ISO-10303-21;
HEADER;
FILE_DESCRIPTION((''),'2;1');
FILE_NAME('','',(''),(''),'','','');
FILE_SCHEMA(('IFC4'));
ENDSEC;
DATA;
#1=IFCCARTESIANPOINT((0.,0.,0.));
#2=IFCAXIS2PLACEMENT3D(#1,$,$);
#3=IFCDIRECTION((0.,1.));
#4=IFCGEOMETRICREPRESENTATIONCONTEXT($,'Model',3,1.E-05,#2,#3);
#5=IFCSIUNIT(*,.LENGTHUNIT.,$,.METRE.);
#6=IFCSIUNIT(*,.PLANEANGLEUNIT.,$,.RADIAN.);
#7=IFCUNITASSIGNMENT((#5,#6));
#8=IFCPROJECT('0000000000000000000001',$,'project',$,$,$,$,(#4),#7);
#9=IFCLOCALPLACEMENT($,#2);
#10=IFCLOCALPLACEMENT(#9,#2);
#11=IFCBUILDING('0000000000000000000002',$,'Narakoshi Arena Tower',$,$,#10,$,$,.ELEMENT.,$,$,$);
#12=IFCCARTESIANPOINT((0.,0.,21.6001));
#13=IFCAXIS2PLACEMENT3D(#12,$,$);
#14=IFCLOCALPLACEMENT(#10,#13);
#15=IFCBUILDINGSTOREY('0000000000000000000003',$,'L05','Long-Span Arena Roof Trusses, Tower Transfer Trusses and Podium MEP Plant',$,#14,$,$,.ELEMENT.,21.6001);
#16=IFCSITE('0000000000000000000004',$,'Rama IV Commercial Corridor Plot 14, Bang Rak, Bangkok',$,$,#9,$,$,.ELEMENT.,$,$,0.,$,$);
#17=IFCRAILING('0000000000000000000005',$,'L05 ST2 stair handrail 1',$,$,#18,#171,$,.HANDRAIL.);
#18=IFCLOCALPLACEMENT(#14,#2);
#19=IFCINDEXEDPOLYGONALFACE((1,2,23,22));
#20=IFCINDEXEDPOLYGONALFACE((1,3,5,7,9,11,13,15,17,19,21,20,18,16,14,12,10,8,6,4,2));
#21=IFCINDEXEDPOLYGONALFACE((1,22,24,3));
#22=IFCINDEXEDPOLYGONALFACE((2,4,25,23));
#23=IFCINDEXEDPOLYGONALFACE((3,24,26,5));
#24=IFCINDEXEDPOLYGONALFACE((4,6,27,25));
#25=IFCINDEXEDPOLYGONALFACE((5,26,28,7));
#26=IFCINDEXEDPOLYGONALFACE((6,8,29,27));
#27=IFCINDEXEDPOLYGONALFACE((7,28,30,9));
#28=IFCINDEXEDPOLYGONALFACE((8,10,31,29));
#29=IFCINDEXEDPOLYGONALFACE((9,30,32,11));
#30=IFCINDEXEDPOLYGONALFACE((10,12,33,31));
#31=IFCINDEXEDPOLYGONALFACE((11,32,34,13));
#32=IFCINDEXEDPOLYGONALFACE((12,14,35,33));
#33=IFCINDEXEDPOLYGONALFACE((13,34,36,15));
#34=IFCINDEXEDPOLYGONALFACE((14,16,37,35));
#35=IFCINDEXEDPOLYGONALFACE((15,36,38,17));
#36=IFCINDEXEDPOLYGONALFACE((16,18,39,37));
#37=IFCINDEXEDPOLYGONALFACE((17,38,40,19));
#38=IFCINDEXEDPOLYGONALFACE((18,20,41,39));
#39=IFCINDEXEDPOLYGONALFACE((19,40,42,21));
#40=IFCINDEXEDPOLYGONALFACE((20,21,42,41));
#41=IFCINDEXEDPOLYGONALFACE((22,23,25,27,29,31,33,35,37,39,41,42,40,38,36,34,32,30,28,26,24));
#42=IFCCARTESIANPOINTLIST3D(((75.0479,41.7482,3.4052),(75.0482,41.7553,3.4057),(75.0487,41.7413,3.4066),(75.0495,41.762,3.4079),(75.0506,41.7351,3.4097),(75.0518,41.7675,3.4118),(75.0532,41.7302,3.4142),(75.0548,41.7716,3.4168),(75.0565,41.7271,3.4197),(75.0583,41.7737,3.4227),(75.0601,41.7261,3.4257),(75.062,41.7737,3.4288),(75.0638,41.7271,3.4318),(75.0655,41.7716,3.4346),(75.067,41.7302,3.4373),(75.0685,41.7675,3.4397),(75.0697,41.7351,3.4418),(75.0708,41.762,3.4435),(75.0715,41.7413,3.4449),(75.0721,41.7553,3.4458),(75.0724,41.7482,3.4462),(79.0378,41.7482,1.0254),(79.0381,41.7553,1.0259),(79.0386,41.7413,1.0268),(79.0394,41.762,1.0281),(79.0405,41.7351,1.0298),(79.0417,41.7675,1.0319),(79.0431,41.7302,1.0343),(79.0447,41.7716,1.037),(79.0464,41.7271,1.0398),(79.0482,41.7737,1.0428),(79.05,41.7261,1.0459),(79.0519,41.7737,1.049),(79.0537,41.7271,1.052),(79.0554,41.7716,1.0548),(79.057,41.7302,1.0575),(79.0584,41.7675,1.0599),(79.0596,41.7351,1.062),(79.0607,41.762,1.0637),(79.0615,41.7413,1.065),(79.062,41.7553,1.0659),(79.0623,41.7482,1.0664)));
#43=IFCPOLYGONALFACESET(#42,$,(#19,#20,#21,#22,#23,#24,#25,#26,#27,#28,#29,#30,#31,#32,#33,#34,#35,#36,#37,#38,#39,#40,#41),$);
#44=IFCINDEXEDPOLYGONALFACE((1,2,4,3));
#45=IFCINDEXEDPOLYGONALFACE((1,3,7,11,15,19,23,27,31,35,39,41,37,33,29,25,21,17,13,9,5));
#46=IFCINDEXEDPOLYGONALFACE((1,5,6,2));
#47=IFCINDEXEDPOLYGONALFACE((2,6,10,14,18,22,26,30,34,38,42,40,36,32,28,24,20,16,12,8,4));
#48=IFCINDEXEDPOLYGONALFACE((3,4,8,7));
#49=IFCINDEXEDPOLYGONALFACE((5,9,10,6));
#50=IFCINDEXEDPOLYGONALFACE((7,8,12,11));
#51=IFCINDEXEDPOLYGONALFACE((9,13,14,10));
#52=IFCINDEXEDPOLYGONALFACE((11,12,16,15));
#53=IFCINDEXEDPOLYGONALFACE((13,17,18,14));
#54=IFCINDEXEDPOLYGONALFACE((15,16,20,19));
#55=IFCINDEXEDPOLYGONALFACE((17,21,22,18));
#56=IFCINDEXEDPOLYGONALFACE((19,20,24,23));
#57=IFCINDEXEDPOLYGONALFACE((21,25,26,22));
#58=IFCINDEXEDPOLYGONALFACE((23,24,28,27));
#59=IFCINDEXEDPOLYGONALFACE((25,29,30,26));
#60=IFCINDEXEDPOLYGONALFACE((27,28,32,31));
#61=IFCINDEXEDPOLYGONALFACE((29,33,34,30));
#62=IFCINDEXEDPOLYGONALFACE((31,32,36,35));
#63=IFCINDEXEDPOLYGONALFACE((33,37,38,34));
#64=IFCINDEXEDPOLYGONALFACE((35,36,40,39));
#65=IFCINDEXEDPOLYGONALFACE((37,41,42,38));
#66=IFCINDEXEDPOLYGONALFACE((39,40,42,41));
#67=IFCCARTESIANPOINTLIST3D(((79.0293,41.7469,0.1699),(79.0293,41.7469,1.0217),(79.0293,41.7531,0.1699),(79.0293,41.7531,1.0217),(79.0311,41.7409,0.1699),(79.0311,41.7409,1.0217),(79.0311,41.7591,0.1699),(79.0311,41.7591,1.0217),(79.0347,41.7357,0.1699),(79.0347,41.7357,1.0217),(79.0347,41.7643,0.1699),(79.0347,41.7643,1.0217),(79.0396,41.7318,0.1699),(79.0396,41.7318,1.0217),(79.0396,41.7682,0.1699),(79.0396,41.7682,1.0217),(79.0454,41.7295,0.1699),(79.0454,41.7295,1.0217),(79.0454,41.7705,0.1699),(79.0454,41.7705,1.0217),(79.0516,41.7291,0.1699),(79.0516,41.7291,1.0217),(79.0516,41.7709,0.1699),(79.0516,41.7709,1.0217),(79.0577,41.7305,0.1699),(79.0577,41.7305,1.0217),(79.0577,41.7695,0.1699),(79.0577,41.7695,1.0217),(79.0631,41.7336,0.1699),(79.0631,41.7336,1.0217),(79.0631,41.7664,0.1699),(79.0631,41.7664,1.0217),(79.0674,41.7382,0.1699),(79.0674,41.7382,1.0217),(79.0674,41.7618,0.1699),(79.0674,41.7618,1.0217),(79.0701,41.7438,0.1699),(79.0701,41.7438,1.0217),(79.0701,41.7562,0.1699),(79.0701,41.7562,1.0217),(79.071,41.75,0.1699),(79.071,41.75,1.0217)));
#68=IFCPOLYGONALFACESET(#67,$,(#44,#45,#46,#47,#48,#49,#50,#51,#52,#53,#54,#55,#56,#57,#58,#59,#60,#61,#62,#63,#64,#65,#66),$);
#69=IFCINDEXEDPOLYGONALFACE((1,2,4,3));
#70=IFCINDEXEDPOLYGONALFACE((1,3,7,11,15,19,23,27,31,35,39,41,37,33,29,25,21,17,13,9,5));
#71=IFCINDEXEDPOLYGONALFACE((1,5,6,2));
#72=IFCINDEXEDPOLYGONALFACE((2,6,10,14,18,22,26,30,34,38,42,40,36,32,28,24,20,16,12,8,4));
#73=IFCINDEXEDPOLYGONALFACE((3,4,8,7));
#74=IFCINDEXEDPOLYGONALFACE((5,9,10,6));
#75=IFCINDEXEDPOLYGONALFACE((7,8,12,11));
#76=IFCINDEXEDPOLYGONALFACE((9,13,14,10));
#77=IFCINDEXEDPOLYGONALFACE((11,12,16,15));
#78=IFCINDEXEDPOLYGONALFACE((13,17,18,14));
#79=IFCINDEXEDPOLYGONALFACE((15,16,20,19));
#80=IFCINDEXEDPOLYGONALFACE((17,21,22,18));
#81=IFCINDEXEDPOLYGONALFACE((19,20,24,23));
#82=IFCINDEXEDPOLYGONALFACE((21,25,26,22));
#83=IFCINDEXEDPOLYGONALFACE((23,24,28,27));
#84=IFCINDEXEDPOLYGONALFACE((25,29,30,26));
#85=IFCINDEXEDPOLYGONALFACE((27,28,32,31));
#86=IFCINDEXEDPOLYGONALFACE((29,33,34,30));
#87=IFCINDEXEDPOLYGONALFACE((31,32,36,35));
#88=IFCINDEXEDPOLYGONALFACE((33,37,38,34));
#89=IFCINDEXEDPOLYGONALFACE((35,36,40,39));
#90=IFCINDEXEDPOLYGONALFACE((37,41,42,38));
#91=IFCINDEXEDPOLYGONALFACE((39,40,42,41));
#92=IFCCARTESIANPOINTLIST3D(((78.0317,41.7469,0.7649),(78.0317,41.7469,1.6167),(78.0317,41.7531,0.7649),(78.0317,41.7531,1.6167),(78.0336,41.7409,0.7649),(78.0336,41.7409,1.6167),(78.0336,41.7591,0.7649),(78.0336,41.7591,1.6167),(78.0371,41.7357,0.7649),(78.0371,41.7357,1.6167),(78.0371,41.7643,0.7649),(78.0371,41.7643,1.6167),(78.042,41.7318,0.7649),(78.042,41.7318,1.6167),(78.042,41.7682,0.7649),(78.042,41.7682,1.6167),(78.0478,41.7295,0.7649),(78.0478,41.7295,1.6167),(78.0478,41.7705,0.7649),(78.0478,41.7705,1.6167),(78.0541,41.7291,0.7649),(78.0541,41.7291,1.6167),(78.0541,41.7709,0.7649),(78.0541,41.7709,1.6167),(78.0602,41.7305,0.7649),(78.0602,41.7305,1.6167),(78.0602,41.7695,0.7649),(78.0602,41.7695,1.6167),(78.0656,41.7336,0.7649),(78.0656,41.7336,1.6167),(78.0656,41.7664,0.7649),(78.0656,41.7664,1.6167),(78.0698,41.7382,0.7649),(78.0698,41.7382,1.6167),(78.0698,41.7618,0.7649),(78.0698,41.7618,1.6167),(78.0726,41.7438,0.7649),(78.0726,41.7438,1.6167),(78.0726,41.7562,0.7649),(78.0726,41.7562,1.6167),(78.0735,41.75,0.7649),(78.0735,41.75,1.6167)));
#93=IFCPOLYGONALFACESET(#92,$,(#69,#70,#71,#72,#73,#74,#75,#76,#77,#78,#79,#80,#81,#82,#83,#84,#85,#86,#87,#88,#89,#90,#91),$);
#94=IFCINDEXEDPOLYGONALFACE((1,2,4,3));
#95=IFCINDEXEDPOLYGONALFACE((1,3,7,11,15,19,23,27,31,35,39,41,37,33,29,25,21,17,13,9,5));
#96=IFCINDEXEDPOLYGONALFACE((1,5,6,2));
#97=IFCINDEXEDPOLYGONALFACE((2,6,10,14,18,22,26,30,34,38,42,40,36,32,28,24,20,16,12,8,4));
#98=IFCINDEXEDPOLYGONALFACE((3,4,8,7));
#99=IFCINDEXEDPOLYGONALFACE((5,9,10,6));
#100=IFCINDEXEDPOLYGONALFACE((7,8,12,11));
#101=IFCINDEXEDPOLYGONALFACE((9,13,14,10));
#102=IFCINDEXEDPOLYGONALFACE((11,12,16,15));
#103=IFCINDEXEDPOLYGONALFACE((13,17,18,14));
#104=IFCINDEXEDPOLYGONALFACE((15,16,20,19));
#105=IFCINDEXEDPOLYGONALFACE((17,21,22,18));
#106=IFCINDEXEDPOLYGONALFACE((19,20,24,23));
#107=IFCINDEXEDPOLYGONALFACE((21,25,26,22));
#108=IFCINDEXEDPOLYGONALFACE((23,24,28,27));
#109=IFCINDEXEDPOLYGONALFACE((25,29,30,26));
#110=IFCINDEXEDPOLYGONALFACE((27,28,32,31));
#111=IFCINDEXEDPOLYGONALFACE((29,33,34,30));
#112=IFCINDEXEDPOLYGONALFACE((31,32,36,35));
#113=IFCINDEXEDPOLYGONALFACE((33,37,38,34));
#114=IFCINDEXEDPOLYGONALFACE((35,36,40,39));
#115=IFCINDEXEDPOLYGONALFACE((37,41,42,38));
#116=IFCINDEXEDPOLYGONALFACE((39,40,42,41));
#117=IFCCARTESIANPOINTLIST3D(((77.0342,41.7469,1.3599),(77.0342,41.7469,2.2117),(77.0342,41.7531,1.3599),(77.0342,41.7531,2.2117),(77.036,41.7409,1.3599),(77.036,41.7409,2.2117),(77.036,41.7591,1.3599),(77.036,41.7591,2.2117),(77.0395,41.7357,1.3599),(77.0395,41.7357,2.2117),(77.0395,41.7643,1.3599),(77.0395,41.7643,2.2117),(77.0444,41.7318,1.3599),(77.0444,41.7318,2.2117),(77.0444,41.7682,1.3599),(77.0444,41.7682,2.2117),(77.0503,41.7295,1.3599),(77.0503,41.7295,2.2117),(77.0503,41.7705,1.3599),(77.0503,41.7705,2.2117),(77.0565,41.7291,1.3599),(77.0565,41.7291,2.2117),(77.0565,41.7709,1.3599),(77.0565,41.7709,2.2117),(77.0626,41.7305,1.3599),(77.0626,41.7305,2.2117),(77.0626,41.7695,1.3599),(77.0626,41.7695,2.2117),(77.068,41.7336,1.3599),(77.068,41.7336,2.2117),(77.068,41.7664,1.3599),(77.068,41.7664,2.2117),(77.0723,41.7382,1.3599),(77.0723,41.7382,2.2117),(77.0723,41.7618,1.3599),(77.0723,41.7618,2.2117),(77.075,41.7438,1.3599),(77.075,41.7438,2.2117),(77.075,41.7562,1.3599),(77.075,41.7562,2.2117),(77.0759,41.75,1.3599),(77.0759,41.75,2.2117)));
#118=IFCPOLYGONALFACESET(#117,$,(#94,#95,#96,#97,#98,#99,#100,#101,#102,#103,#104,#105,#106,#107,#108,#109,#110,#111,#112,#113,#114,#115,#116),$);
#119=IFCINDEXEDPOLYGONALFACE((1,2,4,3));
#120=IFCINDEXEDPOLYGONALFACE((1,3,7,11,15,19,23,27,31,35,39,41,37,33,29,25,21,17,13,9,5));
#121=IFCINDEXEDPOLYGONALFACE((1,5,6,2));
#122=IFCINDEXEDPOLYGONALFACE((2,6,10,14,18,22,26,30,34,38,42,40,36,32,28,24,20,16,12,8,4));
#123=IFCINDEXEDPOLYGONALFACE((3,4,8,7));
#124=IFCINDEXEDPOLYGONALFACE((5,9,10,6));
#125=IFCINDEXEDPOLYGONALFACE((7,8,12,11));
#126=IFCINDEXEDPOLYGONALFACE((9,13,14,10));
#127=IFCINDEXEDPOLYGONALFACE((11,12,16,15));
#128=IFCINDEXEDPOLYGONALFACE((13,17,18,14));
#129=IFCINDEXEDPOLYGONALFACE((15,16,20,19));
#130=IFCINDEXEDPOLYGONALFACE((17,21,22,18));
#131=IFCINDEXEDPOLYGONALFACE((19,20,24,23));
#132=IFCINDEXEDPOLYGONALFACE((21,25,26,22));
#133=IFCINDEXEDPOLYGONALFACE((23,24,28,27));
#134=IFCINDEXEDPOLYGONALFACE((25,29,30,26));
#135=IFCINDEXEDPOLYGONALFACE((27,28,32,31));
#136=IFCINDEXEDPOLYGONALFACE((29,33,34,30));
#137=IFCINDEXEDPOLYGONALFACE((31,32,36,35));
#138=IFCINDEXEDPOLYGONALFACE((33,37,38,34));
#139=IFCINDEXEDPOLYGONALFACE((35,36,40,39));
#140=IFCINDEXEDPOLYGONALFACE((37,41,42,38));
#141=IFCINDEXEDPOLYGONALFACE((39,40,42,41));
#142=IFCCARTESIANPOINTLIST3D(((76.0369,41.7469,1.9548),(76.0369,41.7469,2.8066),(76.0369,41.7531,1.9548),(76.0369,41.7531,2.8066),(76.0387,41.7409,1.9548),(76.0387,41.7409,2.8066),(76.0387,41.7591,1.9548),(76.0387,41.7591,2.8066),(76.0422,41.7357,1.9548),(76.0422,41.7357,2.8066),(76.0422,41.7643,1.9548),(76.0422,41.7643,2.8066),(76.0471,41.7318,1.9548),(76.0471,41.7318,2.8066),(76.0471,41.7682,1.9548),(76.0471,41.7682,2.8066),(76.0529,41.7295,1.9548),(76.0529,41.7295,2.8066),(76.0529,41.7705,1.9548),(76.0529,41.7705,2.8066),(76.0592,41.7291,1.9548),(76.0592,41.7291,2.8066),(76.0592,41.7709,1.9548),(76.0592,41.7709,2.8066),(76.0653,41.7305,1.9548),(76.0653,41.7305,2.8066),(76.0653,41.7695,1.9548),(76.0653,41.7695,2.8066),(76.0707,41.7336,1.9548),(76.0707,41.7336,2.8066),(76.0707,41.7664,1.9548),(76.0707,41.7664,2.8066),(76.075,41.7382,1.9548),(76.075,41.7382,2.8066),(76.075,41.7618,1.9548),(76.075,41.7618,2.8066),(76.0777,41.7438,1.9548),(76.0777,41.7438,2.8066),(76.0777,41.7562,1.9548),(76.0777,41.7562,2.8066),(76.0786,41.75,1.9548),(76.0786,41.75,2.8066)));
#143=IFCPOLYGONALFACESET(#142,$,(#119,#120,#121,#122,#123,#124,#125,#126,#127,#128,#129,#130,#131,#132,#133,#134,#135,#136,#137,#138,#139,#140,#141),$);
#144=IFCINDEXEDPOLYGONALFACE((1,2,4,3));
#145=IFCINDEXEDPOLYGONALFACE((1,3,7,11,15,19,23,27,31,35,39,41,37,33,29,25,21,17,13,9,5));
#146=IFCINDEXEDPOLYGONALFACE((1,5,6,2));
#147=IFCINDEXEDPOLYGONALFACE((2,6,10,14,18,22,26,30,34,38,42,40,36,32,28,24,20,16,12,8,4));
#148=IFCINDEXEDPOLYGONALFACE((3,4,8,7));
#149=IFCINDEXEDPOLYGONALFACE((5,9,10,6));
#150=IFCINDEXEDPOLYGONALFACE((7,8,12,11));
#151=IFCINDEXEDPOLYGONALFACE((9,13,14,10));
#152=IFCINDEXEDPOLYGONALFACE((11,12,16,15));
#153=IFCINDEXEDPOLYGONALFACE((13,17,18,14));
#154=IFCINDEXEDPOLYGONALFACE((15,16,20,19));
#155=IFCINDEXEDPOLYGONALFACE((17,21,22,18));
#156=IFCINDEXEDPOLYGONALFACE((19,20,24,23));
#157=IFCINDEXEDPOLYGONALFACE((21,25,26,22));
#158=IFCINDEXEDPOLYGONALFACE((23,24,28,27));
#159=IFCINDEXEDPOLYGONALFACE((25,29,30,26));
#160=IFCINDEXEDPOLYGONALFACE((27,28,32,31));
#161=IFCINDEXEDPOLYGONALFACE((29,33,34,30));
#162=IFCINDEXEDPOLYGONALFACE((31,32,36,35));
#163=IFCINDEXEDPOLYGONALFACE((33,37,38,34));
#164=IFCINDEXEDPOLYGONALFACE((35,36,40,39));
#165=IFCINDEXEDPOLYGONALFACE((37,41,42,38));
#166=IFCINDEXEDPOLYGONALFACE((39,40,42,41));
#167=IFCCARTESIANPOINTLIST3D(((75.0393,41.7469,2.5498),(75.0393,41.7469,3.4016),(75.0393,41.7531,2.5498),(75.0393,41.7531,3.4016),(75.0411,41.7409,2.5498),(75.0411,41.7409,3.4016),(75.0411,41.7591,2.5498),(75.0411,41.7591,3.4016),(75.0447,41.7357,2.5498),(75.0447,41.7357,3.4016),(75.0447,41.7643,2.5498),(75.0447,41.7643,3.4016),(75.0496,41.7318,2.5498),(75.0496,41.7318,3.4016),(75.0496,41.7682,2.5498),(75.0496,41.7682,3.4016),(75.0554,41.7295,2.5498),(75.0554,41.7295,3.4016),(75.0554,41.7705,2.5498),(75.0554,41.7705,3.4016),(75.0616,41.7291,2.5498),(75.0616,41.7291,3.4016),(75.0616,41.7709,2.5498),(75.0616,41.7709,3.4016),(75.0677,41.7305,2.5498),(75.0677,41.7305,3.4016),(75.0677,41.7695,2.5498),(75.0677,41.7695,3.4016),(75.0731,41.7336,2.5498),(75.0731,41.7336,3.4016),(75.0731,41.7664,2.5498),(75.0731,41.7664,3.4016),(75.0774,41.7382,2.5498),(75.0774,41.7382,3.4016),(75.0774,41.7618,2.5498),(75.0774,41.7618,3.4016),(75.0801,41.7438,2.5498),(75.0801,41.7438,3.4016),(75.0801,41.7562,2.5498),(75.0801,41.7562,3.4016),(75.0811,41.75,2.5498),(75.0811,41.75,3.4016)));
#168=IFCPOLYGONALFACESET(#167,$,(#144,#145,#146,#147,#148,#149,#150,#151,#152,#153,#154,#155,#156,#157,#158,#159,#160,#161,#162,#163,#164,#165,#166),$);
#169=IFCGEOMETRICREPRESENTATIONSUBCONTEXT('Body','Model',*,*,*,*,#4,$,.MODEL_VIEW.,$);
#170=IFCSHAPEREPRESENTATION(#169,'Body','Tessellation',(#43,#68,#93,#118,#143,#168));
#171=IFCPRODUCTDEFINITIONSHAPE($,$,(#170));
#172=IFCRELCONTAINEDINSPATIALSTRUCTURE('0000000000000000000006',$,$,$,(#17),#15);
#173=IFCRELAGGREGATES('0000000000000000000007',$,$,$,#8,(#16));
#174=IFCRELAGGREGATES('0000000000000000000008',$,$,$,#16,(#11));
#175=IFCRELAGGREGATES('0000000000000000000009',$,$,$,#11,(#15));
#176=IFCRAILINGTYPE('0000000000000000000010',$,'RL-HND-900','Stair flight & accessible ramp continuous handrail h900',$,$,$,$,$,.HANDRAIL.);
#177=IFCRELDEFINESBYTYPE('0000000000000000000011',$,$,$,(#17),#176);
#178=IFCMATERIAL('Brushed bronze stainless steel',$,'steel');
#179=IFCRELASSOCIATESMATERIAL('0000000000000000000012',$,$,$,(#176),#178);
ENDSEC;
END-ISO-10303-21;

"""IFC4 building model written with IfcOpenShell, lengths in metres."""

from ifc_helpers import new_model, si_unit, direction, frame, origin, origin_2d, place, context, subcontext, project, spatial, circle, extrude, material, type_object, element, save


model = new_model("IFC4")

# Units and contexts
model_context = context("Model", 3, precision=1e-05, world=origin(), true_north=direction((0.0, 1.0)))
body_context = subcontext(model_context, "Body", "Model", "MODEL_VIEW")
ifc_project = project(units=[si_unit("LENGTHUNIT", "METRE"), si_unit("PLANEANGLEUNIT", "RADIAN")], contexts=[model_context])

# Site, building, storey
site_placement = place(None, origin())
site = spatial("IfcSite", under=ifc_project, at=site_placement, Name="Rama IV Commercial Corridor Plot 14, Bang Rak, Bangkok", CompositionType="ELEMENT", RefElevation=0.0)
building_placement = place(site_placement, origin())
building = spatial("IfcBuilding", under=site, at=building_placement, Name="Narakoshi Arena Tower", CompositionType="ELEMENT")
storey_placement = place(building_placement, frame((0.0, 0.0, 21.6001)))
storey = spatial("IfcBuildingStorey", under=building, at=storey_placement, Name="L05", Description="Long-Span Arena Roof Trusses, Tower Transfer Trusses and Podium MEP Plant", CompositionType="ELEMENT", Elevation=21.6001)

# Shared definitions
ifc_material_1 = material(Name="Brushed bronze stainless steel", Category="steel")

# Railing
railing_type_1 = type_object("IfcRailingType", Name="RL-HND-900", Description="Stair flight & accessible ramp continuous handrail h900", PredefinedType="HANDRAIL", material=ifc_material_1)
railing_1_placement = place(storey_placement, frame((79.05, 41.75, 0.1699)))
element("IfcRailing", 1, at=railing_1_placement, inside=storey, type_object=railing_type_1, Name="L05 ST2 stair handrail 1", PredefinedType="HANDRAIL", context=body_context, shape_type="SweptSolid", body=[
    extrude(circle(Radius=0.0239, at=origin_2d()), frame((0.0, 0.0, 0.876), z_axis=(-0.85883, 0.0, 0.512261), x_axis=(0.0, -1.0, 0.0)), (0.0, 0.0, 1.0), 4.6458),
    extrude(circle(Radius=0.021, at=origin_2d()), origin(), (0.0, 0.0, 1.0), 0.8518),
    extrude(circle(Radius=0.021, at=origin_2d()), frame((-0.9976, 0.0, 0.595)), (0.0, 0.0, 1.0), 0.8518),
    extrude(circle(Radius=0.021, at=origin_2d()), frame((-1.9951, 0.0, 1.1899)), (0.0, 0.0, 1.0), 0.8518),
    extrude(circle(Radius=0.021, at=origin_2d()), frame((-2.9924, 0.0, 1.7849)), (0.0, 0.0, 1.0), 0.8518),
    extrude(circle(Radius=0.021, at=origin_2d()), frame((-3.99, 0.0, 2.3799)), (0.0, 0.0, 1.0), 0.8518),
])

save(model, "model.ifc")
